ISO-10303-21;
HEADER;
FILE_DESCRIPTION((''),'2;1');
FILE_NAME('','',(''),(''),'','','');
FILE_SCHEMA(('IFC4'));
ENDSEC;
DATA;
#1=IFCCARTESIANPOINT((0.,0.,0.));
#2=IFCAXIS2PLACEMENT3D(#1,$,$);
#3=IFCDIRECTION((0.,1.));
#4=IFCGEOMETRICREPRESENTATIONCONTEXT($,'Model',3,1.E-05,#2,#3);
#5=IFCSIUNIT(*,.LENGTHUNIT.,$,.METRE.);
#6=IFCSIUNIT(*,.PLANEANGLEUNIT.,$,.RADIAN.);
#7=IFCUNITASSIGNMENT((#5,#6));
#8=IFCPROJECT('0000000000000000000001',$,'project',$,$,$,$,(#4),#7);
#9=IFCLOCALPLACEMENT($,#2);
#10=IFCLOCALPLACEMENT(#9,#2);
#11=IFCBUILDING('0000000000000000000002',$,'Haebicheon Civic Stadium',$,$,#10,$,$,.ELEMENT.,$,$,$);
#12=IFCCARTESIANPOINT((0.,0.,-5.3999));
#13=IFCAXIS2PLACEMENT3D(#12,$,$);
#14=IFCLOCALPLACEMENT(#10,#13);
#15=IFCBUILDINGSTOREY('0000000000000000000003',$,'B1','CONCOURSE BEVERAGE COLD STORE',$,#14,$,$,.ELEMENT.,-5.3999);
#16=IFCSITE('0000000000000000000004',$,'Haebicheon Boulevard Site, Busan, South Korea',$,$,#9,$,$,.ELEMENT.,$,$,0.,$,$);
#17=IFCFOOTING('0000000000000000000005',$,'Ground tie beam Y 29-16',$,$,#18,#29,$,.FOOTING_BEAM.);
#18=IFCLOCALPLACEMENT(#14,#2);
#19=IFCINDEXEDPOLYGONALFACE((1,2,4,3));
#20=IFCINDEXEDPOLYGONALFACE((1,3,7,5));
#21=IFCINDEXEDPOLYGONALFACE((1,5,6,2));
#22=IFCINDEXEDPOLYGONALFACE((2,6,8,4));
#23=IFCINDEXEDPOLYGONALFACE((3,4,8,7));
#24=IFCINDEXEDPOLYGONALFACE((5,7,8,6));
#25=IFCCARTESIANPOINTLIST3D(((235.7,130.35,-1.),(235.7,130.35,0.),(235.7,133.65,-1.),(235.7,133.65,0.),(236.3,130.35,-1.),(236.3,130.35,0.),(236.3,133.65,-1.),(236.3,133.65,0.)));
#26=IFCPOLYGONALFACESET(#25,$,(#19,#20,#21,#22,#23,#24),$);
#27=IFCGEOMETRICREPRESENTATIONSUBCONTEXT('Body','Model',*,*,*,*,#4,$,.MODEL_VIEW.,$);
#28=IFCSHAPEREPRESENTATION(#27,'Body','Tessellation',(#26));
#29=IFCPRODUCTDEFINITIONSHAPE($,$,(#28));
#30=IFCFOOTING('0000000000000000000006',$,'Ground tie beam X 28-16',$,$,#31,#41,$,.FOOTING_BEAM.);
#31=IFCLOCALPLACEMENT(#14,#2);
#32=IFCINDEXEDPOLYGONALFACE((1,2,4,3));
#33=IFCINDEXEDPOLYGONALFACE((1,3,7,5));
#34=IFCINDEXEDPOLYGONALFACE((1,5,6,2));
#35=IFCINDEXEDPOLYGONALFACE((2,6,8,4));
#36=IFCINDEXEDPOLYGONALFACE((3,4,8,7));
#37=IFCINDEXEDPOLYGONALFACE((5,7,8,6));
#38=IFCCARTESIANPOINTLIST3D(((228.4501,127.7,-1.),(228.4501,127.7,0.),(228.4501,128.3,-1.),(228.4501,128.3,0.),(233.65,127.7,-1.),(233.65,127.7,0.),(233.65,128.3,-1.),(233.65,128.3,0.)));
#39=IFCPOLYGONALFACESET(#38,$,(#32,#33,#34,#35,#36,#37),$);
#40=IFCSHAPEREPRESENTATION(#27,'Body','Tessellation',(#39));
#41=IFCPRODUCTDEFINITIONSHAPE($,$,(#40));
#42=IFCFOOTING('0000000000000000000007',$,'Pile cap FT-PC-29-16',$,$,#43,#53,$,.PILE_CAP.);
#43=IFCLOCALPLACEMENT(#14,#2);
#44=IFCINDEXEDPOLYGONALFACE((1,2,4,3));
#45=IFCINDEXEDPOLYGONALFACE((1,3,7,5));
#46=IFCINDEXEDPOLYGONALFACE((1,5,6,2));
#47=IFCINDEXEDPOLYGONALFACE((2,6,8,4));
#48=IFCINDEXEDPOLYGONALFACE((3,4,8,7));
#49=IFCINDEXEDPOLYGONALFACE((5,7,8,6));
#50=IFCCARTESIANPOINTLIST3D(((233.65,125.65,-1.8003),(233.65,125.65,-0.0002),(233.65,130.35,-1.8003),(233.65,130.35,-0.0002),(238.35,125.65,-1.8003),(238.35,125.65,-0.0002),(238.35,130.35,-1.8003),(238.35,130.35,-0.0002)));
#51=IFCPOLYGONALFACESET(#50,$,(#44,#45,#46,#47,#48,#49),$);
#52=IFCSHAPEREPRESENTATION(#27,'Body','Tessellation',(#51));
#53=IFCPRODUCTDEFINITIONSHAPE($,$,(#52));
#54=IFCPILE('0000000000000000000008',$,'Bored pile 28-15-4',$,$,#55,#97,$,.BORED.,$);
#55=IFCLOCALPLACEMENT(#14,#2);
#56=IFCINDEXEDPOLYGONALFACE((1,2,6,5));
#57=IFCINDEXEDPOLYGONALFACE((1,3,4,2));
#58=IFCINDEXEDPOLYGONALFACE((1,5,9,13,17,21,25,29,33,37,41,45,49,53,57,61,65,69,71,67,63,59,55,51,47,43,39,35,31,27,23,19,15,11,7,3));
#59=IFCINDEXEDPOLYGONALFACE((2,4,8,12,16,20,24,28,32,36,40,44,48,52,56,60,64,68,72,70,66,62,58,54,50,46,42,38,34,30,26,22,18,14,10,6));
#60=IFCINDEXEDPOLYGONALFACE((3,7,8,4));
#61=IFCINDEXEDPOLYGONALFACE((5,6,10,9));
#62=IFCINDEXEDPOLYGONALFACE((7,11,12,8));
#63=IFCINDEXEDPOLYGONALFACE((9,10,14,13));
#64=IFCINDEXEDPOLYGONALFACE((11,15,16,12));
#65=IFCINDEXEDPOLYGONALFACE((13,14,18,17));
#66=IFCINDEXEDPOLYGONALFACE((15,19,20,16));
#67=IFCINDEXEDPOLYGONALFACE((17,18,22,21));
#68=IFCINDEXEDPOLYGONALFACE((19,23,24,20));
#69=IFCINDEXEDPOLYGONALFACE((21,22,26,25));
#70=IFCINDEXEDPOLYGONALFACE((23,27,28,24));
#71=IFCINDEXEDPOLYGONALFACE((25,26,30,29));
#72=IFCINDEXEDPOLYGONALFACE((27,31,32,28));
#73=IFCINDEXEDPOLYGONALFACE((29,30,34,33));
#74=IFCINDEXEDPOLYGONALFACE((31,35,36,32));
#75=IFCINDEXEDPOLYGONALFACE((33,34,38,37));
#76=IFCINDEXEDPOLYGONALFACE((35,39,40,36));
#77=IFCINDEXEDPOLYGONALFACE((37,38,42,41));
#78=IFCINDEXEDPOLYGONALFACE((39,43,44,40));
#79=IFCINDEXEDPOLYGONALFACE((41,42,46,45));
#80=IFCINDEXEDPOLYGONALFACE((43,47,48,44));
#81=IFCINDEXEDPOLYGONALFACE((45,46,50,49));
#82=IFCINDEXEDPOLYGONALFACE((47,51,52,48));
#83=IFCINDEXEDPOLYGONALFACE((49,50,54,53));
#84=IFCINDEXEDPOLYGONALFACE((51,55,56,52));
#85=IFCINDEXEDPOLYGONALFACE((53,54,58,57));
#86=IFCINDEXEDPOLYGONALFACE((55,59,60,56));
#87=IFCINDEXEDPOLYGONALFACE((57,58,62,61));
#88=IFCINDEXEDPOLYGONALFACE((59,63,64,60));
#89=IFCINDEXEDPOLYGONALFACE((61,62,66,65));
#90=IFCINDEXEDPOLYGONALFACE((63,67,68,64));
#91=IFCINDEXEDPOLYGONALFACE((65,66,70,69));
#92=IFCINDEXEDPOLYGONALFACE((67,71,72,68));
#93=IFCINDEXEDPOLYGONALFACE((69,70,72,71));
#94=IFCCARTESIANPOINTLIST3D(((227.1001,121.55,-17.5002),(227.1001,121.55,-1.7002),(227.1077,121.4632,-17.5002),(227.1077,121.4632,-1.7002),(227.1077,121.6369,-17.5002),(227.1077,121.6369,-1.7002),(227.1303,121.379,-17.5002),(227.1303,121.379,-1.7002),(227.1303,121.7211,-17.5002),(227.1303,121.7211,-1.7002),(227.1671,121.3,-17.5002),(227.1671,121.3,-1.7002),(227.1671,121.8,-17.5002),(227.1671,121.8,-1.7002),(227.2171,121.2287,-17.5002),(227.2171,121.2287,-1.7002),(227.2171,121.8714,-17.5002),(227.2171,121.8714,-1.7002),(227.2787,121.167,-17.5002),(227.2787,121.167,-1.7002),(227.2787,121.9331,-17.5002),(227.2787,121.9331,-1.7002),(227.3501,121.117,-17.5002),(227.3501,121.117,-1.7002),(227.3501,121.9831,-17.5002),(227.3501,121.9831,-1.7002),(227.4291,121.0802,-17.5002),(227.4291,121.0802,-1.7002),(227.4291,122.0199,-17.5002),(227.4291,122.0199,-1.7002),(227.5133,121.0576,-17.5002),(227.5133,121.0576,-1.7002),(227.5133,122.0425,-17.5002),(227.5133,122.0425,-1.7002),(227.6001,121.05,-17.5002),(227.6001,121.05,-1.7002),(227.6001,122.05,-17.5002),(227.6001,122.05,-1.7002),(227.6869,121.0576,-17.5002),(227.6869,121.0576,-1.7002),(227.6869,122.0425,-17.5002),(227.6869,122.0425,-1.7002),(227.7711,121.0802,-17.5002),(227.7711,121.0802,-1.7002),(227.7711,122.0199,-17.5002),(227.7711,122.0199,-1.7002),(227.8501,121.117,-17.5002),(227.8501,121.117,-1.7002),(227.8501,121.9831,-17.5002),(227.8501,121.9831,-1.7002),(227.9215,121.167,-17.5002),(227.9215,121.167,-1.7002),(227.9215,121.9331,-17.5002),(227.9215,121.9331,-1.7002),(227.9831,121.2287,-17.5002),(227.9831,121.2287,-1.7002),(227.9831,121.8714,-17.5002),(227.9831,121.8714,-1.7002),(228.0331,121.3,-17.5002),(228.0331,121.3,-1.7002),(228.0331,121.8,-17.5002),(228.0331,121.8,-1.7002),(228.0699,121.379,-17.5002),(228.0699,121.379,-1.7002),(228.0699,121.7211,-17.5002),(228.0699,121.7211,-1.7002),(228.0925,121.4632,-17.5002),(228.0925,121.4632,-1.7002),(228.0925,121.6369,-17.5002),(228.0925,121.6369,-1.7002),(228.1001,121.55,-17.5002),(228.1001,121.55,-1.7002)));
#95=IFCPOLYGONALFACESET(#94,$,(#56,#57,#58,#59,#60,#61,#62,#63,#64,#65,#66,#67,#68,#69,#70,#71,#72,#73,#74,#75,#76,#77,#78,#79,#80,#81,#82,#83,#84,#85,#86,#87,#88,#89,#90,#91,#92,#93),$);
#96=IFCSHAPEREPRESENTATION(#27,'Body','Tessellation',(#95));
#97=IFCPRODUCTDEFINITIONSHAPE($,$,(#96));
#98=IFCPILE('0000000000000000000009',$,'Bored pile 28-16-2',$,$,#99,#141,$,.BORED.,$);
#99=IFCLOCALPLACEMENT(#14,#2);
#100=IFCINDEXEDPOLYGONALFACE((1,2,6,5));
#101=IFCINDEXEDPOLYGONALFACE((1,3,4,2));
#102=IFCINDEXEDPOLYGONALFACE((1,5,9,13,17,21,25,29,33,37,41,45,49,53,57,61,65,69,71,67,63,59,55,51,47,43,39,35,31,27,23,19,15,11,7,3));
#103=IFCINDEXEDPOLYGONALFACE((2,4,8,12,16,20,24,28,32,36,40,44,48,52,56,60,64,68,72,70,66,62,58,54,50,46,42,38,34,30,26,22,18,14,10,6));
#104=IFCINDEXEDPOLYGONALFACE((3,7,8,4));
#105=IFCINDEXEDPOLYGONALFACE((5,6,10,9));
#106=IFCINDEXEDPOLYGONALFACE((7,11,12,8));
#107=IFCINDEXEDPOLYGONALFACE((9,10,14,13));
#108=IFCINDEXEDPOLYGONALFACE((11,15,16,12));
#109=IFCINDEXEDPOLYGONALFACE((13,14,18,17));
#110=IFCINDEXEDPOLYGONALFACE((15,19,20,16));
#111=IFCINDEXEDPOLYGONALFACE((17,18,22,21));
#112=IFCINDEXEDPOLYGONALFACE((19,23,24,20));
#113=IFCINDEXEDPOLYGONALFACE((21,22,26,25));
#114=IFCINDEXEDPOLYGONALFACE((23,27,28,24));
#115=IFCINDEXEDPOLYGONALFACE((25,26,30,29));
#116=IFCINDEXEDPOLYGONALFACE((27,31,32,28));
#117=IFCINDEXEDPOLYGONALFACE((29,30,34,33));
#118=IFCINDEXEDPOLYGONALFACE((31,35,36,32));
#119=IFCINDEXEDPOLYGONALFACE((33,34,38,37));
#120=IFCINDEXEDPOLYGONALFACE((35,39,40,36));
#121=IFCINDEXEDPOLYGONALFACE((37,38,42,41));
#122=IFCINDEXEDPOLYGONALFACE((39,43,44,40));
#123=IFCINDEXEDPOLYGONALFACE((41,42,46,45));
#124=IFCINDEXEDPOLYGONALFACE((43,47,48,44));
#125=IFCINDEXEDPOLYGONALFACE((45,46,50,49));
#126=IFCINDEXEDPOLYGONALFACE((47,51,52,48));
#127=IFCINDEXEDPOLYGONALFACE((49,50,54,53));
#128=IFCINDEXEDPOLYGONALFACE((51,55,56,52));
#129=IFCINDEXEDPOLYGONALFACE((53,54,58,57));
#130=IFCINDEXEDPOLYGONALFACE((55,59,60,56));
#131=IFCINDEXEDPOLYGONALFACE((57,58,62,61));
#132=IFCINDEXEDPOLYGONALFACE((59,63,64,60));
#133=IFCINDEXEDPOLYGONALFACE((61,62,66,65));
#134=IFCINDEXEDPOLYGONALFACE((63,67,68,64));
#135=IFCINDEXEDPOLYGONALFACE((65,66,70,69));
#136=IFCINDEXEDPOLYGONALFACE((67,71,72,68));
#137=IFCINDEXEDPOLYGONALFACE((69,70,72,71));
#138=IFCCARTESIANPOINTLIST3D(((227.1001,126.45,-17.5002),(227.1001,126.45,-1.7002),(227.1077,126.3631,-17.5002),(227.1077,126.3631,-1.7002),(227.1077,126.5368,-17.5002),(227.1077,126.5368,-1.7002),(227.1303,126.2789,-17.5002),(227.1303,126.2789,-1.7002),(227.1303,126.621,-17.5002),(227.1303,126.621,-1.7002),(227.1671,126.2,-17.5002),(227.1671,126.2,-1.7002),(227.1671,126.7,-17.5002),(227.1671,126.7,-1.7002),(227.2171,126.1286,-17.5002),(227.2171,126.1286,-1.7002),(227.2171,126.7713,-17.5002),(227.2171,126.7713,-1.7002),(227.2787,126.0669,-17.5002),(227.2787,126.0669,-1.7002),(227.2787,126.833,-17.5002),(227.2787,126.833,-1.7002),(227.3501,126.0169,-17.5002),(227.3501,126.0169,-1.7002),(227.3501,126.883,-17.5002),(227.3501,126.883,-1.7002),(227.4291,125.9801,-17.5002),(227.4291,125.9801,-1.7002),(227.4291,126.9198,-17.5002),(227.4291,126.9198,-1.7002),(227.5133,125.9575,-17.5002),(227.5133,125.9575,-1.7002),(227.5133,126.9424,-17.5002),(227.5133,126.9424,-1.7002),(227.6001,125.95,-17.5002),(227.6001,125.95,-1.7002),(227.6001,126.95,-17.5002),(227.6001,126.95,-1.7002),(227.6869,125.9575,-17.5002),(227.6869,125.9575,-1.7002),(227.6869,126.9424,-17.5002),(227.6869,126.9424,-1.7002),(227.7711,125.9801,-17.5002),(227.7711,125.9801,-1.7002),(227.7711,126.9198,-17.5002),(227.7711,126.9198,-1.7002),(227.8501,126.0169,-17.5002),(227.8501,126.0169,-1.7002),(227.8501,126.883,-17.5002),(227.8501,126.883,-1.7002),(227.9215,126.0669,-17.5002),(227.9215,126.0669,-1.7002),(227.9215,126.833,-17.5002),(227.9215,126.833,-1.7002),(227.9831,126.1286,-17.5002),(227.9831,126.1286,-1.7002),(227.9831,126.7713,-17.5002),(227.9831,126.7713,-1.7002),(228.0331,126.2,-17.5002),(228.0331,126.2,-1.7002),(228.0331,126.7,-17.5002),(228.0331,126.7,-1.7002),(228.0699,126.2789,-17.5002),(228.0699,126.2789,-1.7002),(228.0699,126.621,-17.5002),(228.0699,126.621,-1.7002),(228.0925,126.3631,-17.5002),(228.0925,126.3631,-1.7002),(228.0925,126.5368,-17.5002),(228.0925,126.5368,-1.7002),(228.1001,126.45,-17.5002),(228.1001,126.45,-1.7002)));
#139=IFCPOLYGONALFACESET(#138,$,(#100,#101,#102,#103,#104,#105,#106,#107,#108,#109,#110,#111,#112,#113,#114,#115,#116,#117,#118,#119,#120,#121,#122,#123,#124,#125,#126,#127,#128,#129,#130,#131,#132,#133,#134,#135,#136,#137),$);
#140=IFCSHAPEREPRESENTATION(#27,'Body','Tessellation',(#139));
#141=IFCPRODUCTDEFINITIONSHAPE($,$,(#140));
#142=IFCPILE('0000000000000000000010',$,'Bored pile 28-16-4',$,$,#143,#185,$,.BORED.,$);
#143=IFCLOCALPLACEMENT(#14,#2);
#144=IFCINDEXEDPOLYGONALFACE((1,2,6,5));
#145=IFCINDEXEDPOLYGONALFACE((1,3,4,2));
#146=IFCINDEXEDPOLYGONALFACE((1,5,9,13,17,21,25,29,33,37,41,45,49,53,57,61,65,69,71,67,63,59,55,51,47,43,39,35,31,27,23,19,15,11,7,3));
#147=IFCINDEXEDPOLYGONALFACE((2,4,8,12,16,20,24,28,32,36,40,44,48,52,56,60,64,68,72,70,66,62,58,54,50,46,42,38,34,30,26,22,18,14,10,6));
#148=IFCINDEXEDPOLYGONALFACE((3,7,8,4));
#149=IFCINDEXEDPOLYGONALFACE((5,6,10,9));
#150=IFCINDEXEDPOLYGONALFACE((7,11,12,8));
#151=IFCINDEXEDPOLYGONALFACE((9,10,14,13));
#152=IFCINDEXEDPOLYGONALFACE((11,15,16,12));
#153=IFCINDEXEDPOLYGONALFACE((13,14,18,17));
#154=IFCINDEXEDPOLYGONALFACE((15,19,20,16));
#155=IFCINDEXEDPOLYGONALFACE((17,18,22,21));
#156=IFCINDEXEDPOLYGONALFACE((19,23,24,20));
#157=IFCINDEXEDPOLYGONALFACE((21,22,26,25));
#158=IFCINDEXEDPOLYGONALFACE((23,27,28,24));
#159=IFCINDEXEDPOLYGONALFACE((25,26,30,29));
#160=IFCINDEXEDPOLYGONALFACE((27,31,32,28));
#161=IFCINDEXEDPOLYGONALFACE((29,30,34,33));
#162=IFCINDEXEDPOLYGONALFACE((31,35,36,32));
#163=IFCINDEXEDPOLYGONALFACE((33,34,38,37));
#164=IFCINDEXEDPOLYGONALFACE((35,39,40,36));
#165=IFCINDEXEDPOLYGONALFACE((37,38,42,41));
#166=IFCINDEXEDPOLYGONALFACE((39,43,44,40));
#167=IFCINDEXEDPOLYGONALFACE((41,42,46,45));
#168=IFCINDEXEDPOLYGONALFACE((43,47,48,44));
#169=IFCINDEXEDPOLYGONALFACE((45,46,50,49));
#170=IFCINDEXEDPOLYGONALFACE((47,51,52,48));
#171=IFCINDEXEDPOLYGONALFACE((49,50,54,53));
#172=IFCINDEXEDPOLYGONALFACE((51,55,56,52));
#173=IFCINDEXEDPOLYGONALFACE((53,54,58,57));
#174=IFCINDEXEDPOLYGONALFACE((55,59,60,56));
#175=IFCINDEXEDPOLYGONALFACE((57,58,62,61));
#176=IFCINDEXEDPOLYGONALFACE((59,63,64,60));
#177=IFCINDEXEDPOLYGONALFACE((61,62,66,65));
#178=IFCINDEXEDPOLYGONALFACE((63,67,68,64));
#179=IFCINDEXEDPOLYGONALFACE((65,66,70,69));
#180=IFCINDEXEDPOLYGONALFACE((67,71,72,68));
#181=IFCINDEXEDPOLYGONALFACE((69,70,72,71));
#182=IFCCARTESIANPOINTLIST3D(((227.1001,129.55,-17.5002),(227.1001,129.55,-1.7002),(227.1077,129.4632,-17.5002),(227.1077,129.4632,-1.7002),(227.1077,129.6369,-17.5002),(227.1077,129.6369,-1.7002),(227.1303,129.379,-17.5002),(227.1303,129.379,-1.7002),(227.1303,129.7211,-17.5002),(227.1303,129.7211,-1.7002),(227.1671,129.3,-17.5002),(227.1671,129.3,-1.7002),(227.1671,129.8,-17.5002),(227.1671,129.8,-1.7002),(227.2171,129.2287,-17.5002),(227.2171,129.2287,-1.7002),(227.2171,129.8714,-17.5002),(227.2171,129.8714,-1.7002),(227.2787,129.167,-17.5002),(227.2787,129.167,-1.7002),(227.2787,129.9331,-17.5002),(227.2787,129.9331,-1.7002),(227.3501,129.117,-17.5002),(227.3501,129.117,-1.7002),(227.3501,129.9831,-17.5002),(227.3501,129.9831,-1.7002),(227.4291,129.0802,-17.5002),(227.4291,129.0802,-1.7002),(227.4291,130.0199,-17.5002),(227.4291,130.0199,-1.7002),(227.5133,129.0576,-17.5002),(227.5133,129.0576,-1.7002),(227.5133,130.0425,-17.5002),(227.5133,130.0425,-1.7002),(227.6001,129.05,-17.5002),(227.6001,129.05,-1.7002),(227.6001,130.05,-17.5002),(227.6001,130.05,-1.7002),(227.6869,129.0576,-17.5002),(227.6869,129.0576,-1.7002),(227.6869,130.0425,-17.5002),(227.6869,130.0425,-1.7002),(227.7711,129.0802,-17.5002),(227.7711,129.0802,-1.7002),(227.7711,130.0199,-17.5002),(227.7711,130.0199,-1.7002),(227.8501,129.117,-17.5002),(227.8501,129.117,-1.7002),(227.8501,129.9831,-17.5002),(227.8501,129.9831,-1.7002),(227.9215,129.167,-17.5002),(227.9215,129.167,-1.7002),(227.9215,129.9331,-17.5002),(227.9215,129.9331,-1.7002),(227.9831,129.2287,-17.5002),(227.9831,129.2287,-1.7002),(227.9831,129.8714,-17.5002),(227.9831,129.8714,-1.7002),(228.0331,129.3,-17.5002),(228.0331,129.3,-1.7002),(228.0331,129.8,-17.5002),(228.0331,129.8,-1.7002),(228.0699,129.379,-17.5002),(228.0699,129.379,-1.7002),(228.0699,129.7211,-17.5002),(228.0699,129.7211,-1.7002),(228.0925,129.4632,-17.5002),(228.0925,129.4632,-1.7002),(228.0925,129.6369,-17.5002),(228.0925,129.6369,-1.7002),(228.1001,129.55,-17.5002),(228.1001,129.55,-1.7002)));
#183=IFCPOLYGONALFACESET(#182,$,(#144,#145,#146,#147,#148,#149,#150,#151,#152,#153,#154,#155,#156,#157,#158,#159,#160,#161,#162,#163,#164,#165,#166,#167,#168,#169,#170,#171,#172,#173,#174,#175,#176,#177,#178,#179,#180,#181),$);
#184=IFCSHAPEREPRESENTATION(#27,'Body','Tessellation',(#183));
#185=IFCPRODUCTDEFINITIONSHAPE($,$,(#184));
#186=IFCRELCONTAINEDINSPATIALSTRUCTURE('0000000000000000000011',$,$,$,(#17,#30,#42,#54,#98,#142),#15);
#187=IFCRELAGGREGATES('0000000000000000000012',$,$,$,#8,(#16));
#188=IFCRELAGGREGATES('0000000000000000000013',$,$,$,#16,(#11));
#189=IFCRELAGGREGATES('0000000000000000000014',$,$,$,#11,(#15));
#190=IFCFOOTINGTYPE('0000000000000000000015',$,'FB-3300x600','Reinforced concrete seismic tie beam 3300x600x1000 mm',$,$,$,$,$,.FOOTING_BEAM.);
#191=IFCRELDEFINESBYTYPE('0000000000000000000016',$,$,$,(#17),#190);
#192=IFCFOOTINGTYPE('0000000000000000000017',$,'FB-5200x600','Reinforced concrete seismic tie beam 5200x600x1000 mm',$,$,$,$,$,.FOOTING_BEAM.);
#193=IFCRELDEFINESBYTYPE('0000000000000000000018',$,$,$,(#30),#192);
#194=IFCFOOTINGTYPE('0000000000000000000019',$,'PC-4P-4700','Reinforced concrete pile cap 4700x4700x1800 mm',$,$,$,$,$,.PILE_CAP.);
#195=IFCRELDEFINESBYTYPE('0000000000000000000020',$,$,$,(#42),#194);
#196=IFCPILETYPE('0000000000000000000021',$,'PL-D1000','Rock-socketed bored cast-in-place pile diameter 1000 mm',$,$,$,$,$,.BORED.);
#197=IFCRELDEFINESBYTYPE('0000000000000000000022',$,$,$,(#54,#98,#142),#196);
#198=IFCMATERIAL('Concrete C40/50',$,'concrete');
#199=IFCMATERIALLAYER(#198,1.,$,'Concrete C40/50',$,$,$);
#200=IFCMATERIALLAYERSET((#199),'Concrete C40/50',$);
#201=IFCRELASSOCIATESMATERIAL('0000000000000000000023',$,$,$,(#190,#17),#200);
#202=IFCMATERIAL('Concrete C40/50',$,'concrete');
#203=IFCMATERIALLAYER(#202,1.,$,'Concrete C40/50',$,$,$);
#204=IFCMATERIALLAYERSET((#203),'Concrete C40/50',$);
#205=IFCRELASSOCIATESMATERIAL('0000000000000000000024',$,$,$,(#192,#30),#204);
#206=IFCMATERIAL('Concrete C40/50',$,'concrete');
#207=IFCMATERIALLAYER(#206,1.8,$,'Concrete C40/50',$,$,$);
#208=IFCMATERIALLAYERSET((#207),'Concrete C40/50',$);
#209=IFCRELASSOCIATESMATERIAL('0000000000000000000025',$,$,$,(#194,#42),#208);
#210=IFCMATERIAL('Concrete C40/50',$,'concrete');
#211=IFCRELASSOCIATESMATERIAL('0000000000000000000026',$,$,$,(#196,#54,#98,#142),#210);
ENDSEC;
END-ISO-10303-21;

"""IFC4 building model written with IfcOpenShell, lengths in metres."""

from ifc_helpers import new_model, si_unit, direction, frame, origin, origin_2d, place, context, subcontext, project, spatial, rectangle, circle, extrude, material, layer, layer_set, material_profile, profile_set, type_object, element, save


model = new_model("IFC4")

# Units and contexts
model_context = context("Model", 3, precision=1e-05, world=origin(), true_north=direction((0.0, 1.0)))
body_context = subcontext(model_context, "Body", "Model", "MODEL_VIEW")
ifc_project = project(units=[si_unit("LENGTHUNIT", "METRE"), si_unit("PLANEANGLEUNIT", "RADIAN")], contexts=[model_context])

# Site, building, storey
site_placement = place(None, origin())
site = spatial("IfcSite", under=ifc_project, at=site_placement, Name="Haebicheon Boulevard Site, Busan, South Korea", CompositionType="ELEMENT", RefElevation=0.0)
building_placement = place(site_placement, origin())
building = spatial("IfcBuilding", under=site, at=building_placement, Name="Haebicheon Civic Stadium", CompositionType="ELEMENT")
storey_placement = place(building_placement, frame((0.0, 0.0, -5.3999)))
storey = spatial("IfcBuildingStorey", under=building, at=storey_placement, Name="B1", Description="CONCOURSE BEVERAGE COLD STORE", CompositionType="ELEMENT", Elevation=-5.3999)

# Footings
ifc_material_1 = material(Name="Concrete C40/50", Category="concrete")
ifc_layer_1 = layer(ifc_material_1, 1.0, Name="Concrete C40/50")
ifc_layer_set_1 = layer_set([ifc_layer_1], Name="Concrete C40/50")
footing_type_1 = type_object("IfcFootingType", Name="FB-3300x600", Description="Reinforced concrete seismic tie beam 3300x600x1000 mm", PredefinedType="FOOTING_BEAM", material=ifc_layer_set_1)
footing_1_placement = place(storey_placement, frame((236.0, 132.0, -1.0), z_axis=(0.0, 0.0, 1.0), x_axis=(0.0, 1.0, 0.0)))
element("IfcFooting", 1, at=footing_1_placement, inside=storey, type_object=footing_type_1, material=ifc_layer_set_1, Name="Ground tie beam Y 29-16", PredefinedType="FOOTING_BEAM", context=body_context, shape_type="SweptSolid", body=[
    extrude(rectangle(XDim=3.3, YDim=0.6001, at=origin_2d()), origin(), (0.0, 0.0, 1.0), 1.0),
])
ifc_material_2 = material(Name="Concrete C40/50", Category="concrete")
ifc_layer_2 = layer(ifc_material_2, 1.0, Name="Concrete C40/50")
ifc_layer_set_2 = layer_set([ifc_layer_2], Name="Concrete C40/50")
footing_type_2 = type_object("IfcFootingType", Name="FB-5200x600", Description="Reinforced concrete seismic tie beam 5200x600x1000 mm", PredefinedType="FOOTING_BEAM", material=ifc_layer_set_2)
footing_2_placement = place(storey_placement, frame((231.05, 128.0, -1.0), z_axis=(0.0, 0.0, 1.0), x_axis=(1.0, 0.0, 0.0)))
element("IfcFooting", 2, at=footing_2_placement, inside=storey, type_object=footing_type_2, material=ifc_layer_set_2, Name="Ground tie beam X 28-16", PredefinedType="FOOTING_BEAM", context=body_context, shape_type="SweptSolid", body=[
    extrude(rectangle(XDim=5.2, YDim=0.6001, at=origin_2d()), origin(), (0.0, 0.0, 1.0), 1.0),
])
ifc_material_3 = material(Name="Concrete C40/50", Category="concrete")
ifc_layer_3 = layer(ifc_material_3, 1.8, Name="Concrete C40/50")
ifc_layer_set_3 = layer_set([ifc_layer_3], Name="Concrete C40/50")
footing_type_3 = type_object("IfcFootingType", Name="PC-4P-4700", Description="Reinforced concrete pile cap 4700x4700x1800 mm", PredefinedType="PILE_CAP", material=ifc_layer_set_3)
footing_3_placement = place(storey_placement, frame((236.0, 128.0, -1.8003), z_axis=(0.0, 0.0, 1.0), x_axis=(1.0, 0.0, 0.0)))
element("IfcFooting", 3, at=footing_3_placement, inside=storey, type_object=footing_type_3, material=ifc_layer_set_3, Name="Pile cap FT-PC-29-16", PredefinedType="PILE_CAP", context=body_context, shape_type="SweptSolid", body=[
    extrude(rectangle(XDim=4.7, YDim=4.7, at=origin_2d()), origin(), (0.0, 0.0, 1.0), 1.8),
])

# Piles
ifc_material_4 = material(Name="Concrete C40/50", Category="concrete")
ifc_material_profile_1 = material_profile(ifc_material_4, circle(Radius=0.5, at=origin_2d()), Name="PILE-D1000")
ifc_profile_set_1 = profile_set([ifc_material_profile_1], Name="Concrete C40/50")
pile_type = type_object("IfcPileType", Name="PL-D1000", Description="Rock-socketed bored cast-in-place pile diameter 1000 mm", PredefinedType="BORED", material=ifc_profile_set_1)
for number, where, z_axis, x_axis, name in (
    (4, (227.6001, 121.55, -1.7002), (0.0, 0.0, -1.0), (1.0, 0.0, 0.0), "Bored pile 28-15-4"),
    (5, (227.6001, 126.45, -1.7002), (0.0, 0.0, -1.0), (1.0, 0.0, 0.0), "Bored pile 28-16-2"),
    (6, (227.6001, 129.55, -1.7002), (0.0, 0.0, -1.0), (1.0, 0.0, 0.0), "Bored pile 28-16-4"),
):
    element("IfcPile", number, at=place(storey_placement, frame(where, z_axis=z_axis, x_axis=x_axis)), inside=storey, type_object=pile_type, material=ifc_profile_set_1, Name=name, PredefinedType="BORED", context=body_context, shape_type="SweptSolid", body=[
        extrude(circle(Radius=0.5, at=origin_2d()), origin(), (0.0, 0.0, 1.0), 15.8),
    ])

save(model, "model.ifc")
